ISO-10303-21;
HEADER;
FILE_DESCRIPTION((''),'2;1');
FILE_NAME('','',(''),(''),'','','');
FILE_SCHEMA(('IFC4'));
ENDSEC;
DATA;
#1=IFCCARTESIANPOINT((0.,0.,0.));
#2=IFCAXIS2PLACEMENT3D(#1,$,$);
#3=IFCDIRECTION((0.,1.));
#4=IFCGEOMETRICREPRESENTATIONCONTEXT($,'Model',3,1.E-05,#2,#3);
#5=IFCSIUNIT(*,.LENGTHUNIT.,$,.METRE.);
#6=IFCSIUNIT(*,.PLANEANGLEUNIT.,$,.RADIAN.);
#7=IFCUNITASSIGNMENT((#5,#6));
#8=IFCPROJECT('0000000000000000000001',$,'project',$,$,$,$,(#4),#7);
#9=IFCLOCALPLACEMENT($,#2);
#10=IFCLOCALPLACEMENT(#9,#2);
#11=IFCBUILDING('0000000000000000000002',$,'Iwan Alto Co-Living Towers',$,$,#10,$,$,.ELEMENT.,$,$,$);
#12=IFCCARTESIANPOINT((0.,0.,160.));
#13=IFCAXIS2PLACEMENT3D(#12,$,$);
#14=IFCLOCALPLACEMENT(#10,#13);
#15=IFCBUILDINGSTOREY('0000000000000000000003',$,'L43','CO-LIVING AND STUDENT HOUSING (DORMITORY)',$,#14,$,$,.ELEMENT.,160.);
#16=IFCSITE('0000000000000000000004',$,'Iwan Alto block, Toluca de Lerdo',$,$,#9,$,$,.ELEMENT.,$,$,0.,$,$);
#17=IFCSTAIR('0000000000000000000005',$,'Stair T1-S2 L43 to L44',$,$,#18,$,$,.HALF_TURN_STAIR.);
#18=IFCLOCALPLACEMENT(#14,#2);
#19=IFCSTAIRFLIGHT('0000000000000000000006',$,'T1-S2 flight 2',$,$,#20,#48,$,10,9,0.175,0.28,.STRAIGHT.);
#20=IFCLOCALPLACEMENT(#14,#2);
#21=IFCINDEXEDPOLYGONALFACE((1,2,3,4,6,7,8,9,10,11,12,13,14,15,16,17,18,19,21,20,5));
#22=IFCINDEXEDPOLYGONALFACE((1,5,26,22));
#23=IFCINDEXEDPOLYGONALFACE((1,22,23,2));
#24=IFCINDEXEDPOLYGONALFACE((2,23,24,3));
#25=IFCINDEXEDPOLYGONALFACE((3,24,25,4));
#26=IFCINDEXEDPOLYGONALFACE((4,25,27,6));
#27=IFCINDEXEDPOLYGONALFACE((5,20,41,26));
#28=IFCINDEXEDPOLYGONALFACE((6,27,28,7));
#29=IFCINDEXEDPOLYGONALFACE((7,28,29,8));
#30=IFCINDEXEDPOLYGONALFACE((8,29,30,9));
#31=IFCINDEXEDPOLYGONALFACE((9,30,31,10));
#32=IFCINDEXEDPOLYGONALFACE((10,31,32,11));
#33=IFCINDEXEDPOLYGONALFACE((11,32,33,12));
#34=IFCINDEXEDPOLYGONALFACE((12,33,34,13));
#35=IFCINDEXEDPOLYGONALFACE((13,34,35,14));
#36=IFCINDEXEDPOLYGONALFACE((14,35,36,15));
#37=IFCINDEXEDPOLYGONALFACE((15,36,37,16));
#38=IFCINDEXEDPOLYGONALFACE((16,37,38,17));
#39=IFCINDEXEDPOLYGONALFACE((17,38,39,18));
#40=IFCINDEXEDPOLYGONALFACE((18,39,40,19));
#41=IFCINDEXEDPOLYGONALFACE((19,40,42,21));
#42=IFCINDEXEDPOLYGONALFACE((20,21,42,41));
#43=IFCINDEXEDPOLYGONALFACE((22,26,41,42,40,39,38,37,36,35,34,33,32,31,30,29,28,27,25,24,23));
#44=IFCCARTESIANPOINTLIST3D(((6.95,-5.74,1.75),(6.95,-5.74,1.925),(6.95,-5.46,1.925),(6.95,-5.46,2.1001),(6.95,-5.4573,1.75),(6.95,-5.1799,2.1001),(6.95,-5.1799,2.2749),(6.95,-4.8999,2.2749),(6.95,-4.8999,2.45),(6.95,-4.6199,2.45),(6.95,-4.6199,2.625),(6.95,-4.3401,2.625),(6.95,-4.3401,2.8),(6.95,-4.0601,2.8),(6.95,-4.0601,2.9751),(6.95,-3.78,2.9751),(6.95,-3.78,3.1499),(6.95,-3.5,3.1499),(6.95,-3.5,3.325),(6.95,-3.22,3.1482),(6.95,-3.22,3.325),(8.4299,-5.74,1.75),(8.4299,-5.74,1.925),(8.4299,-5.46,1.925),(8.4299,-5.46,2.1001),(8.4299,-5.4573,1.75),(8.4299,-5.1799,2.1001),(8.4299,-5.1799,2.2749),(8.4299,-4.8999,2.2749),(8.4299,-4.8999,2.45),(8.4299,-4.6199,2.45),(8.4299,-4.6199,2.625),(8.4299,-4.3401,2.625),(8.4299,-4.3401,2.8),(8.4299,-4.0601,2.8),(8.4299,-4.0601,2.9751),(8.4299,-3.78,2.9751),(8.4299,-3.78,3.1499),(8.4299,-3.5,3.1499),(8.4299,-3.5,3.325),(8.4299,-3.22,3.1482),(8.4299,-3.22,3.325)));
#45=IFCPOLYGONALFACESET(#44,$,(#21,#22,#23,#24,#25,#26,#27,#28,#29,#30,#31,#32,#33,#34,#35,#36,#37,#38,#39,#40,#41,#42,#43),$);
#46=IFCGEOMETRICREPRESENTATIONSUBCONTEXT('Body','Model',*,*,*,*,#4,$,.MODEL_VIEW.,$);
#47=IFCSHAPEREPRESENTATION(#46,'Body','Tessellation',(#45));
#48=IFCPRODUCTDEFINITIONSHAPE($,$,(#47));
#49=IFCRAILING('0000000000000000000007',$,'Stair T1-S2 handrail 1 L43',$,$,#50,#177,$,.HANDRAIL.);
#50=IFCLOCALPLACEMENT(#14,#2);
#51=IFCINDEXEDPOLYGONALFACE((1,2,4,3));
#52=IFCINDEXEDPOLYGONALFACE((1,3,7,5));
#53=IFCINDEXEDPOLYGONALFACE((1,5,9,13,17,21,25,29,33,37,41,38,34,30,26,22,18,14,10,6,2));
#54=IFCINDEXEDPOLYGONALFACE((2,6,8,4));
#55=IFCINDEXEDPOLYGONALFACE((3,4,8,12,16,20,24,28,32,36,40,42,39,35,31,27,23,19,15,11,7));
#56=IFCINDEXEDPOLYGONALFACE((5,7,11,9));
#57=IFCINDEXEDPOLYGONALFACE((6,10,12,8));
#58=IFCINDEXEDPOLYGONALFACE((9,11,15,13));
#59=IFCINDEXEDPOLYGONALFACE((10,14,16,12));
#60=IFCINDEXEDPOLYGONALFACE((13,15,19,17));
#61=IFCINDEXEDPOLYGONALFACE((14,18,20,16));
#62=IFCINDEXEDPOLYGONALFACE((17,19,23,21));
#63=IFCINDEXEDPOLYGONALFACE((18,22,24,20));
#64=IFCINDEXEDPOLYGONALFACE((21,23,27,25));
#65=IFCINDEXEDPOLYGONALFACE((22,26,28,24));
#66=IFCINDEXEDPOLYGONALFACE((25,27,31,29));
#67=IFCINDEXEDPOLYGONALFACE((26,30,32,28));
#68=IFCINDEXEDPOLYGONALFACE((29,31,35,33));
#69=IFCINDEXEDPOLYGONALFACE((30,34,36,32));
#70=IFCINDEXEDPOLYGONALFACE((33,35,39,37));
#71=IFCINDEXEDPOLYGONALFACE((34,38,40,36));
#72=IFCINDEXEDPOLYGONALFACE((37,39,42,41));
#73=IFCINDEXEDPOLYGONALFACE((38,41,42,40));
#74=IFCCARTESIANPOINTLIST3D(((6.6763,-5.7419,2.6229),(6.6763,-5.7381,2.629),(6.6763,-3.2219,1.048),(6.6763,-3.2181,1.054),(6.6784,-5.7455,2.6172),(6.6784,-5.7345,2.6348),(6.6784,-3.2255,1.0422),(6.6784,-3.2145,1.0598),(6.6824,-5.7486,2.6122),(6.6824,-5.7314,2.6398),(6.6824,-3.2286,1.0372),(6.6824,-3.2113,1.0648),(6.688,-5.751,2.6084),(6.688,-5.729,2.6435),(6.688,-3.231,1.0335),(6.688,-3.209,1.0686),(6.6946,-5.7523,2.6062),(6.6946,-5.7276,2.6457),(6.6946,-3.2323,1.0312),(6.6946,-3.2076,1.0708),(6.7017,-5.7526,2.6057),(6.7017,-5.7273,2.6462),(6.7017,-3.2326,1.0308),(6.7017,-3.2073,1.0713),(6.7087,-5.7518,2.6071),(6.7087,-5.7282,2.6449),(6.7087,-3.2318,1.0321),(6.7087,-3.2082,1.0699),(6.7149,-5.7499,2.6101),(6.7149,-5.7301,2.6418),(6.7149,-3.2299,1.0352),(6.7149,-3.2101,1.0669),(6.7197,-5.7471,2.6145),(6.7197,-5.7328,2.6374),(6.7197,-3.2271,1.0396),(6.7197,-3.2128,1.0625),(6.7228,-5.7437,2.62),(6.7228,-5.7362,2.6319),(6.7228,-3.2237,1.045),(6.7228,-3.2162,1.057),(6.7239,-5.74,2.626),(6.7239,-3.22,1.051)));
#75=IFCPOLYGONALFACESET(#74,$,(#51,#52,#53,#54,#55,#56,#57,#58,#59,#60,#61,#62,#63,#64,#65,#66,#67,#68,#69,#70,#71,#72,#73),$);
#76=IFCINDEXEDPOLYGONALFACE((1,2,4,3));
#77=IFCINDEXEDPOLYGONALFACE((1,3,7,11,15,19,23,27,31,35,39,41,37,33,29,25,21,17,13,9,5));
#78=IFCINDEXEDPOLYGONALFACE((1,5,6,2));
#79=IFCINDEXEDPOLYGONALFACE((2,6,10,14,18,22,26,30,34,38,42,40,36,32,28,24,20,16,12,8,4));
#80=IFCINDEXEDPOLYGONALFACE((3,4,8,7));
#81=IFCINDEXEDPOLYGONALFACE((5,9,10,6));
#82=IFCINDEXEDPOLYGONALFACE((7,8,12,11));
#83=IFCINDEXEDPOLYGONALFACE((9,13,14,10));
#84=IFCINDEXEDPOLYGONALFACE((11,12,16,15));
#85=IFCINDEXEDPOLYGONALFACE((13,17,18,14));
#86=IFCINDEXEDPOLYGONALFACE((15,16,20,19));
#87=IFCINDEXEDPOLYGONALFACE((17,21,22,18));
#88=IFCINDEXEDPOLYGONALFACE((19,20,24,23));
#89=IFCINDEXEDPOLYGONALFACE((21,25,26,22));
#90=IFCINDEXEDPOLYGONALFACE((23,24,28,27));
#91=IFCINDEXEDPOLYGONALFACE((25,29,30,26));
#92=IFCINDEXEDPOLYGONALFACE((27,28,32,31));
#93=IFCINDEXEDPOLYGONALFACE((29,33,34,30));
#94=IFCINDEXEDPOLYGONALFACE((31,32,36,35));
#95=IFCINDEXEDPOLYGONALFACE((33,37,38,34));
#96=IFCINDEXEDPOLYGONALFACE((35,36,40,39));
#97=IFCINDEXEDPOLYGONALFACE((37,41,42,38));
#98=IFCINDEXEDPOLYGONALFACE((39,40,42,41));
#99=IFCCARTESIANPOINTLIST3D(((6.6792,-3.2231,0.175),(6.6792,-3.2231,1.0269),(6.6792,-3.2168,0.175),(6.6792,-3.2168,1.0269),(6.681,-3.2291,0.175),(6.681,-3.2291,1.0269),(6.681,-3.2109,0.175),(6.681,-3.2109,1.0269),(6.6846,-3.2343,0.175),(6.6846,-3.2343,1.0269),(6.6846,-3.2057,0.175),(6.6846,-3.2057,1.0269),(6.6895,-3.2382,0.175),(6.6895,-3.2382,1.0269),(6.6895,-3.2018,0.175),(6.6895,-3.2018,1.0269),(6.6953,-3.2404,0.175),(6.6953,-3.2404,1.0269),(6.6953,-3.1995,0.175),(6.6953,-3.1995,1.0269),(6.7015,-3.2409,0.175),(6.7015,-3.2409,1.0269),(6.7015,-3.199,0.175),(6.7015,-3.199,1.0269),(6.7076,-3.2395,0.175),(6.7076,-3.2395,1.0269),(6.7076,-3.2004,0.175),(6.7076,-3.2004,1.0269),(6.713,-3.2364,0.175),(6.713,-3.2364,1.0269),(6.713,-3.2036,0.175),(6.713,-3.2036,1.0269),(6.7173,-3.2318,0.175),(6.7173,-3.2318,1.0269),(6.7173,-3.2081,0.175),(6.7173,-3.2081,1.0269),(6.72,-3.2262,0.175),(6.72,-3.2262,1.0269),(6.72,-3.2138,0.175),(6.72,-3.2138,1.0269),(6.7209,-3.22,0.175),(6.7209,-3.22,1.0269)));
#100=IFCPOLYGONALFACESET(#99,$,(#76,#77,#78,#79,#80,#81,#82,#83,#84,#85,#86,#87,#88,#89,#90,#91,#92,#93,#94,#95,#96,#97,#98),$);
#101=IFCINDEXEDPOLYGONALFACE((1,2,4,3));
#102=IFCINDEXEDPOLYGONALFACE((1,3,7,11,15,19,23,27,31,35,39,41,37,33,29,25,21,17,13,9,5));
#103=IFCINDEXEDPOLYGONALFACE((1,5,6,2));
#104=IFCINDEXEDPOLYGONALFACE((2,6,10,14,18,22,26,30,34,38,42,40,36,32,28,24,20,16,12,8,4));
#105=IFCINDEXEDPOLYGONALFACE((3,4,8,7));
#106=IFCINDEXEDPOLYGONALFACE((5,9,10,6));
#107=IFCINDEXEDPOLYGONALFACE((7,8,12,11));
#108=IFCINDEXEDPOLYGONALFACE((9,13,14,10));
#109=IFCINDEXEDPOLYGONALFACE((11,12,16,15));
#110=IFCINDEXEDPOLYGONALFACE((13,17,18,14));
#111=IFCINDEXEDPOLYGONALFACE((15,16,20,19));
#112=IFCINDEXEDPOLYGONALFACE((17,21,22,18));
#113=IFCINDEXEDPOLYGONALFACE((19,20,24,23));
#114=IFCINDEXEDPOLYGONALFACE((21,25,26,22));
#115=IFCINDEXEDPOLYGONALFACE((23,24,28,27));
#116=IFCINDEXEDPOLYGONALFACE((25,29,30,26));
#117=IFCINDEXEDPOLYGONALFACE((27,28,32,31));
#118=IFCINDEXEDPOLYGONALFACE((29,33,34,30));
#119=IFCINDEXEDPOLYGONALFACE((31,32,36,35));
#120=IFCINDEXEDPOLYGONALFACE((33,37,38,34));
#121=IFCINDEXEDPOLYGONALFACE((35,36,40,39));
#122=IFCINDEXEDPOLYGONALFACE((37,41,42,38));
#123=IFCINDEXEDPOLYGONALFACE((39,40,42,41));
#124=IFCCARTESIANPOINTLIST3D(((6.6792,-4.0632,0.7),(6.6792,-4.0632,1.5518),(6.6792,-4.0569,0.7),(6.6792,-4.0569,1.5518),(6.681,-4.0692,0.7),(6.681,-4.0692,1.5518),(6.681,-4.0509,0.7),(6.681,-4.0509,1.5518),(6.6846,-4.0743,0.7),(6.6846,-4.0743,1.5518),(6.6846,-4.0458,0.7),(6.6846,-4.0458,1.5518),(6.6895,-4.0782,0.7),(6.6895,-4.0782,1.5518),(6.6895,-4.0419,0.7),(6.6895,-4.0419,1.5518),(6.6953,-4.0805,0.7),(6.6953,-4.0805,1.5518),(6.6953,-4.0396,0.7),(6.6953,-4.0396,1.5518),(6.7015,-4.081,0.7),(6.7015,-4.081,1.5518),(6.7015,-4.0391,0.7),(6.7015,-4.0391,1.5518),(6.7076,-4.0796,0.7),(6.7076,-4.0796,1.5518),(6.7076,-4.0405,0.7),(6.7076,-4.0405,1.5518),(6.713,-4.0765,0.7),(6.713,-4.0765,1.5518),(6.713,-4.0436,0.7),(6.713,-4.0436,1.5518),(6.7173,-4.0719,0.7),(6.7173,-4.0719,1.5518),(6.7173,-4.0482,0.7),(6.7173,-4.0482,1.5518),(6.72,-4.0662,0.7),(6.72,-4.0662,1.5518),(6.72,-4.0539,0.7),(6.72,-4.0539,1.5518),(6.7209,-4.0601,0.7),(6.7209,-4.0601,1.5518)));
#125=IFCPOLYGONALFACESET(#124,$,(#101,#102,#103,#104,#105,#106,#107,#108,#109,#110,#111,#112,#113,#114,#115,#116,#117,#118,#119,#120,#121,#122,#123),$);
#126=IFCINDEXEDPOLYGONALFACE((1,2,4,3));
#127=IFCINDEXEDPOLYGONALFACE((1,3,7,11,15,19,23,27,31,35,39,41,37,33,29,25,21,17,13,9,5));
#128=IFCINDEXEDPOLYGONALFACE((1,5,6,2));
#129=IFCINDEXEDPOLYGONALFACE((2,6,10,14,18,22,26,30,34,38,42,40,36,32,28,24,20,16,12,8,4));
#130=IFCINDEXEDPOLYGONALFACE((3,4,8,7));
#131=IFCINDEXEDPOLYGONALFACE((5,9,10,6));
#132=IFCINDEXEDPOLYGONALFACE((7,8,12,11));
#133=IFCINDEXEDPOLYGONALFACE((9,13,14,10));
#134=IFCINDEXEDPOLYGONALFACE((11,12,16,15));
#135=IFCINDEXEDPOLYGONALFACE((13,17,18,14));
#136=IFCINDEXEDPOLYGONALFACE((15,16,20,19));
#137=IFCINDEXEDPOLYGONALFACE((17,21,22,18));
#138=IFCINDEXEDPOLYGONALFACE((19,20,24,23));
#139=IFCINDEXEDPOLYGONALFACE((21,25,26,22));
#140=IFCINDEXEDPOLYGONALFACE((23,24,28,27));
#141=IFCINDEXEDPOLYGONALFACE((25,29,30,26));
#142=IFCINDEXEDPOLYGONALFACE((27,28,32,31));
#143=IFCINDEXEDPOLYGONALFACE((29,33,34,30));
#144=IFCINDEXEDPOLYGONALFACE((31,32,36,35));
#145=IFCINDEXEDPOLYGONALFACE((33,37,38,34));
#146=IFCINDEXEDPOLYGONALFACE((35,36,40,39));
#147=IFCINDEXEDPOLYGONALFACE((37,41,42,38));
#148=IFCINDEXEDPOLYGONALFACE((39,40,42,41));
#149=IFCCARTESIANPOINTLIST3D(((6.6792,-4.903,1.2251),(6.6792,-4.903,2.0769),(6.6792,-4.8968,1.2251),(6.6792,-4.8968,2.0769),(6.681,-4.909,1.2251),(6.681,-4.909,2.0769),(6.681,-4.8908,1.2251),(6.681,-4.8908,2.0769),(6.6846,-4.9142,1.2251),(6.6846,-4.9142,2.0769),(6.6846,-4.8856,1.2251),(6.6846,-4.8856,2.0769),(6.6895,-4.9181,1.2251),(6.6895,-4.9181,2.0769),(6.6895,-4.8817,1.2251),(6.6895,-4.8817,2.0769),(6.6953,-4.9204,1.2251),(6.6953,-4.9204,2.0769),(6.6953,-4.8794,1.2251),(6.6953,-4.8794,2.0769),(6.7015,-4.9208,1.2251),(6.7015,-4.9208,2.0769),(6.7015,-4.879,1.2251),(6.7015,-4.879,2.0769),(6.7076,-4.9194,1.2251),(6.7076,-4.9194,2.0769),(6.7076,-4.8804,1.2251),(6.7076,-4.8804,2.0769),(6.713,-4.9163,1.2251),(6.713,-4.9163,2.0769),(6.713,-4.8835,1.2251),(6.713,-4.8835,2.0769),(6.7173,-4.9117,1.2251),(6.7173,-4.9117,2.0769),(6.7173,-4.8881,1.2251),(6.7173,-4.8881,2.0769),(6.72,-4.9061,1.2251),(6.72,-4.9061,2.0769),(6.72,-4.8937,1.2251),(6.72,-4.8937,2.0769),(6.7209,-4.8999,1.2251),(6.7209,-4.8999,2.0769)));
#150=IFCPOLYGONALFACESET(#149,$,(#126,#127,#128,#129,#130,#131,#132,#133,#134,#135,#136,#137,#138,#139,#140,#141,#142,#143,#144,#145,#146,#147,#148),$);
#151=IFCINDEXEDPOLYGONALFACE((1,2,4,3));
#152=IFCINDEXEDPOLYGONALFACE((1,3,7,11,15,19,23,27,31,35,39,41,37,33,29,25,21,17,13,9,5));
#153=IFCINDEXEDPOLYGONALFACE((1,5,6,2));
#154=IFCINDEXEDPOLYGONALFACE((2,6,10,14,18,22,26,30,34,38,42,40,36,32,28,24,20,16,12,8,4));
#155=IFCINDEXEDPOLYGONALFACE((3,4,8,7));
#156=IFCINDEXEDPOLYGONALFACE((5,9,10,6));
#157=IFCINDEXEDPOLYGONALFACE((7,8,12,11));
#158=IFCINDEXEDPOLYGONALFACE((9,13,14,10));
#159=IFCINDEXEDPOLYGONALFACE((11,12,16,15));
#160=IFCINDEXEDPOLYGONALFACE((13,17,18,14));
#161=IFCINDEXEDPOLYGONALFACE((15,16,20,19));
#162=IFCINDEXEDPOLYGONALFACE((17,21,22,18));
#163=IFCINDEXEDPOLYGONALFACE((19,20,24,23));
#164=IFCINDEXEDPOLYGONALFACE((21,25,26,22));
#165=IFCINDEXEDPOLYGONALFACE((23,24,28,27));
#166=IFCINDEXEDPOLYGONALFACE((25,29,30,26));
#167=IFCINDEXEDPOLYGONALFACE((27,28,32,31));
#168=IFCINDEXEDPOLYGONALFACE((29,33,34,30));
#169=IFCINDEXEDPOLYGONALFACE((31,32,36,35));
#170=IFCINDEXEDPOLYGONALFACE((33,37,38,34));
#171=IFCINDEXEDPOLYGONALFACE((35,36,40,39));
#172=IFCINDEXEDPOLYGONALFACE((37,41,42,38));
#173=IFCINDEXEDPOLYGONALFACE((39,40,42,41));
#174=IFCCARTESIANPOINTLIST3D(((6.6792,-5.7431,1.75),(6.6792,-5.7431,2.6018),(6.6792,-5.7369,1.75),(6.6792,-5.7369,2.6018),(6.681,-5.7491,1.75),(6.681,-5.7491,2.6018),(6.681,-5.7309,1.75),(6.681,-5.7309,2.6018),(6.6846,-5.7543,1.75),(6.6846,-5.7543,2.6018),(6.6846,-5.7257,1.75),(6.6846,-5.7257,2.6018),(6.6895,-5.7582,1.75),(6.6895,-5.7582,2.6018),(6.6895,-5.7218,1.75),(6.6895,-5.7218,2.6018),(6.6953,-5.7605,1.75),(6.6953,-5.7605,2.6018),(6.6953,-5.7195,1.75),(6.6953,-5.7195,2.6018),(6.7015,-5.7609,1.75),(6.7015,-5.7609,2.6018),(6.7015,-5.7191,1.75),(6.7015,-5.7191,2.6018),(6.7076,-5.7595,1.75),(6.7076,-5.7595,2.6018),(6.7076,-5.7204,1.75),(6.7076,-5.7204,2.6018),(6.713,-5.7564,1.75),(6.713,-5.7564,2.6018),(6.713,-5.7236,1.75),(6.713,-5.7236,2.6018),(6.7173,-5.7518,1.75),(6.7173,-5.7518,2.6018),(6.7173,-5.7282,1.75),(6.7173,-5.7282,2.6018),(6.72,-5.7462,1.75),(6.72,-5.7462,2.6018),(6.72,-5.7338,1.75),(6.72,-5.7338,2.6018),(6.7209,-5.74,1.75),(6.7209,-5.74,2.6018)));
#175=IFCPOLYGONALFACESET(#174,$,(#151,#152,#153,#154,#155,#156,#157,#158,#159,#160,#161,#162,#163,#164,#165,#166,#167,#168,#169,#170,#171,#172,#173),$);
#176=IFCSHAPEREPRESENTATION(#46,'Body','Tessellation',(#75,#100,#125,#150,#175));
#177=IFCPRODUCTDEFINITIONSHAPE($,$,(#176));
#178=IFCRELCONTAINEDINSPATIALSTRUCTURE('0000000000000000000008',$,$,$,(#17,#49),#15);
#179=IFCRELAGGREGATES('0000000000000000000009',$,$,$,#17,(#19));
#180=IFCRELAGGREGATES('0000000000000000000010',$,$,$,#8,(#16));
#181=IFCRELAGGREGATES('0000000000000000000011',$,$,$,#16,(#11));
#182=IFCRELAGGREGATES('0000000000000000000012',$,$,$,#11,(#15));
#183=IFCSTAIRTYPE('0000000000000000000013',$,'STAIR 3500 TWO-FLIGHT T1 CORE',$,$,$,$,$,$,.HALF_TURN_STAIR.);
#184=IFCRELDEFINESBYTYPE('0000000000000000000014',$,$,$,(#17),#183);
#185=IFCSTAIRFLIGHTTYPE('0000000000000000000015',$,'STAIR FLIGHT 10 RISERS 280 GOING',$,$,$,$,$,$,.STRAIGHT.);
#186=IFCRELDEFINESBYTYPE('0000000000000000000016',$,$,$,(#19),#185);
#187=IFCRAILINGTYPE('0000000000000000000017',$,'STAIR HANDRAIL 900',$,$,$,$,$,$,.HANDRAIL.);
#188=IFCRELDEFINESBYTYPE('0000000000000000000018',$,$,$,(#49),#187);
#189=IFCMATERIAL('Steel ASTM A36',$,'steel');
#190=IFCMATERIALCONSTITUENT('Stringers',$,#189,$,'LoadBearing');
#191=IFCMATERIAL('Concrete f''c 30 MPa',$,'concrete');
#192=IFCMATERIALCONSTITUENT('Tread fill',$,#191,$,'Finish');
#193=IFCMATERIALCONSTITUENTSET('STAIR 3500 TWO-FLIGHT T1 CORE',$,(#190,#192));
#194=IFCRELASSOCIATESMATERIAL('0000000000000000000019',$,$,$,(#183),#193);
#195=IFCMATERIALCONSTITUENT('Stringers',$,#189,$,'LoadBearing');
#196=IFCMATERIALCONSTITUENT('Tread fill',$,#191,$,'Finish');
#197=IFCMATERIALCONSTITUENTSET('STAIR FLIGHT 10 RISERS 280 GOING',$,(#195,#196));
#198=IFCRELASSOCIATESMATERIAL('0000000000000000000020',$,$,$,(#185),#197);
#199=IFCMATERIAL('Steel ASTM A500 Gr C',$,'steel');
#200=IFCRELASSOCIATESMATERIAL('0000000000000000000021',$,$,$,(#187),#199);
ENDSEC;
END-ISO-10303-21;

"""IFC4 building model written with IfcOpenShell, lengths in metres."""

from ifc_helpers import new_model, si_unit, direction, frame, origin, origin_2d, place, context, subcontext, project, spatial, polyline, circle, outline, extrude, material, constituent, constituent_set, type_object, element, aggregate, save


model = new_model("IFC4")

# Units and contexts
model_context = context("Model", 3, precision=1e-05, world=origin(), true_north=direction((0.0, 1.0)))
body_context = subcontext(model_context, "Body", "Model", "MODEL_VIEW")
ifc_project = project(units=[si_unit("LENGTHUNIT", "METRE"), si_unit("PLANEANGLEUNIT", "RADIAN")], contexts=[model_context])

# Site, building, storey
site_placement = place(None, origin())
site = spatial("IfcSite", under=ifc_project, at=site_placement, Name="Iwan Alto block, Toluca de Lerdo", CompositionType="ELEMENT", RefElevation=0.0)
building_placement = place(site_placement, origin())
building = spatial("IfcBuilding", under=site, at=building_placement, Name="Iwan Alto Co-Living Towers", CompositionType="ELEMENT")
storey_placement = place(building_placement, frame((0.0, 0.0, 160.0)))
storey = spatial("IfcBuildingStorey", under=building, at=storey_placement, Name="L43", Description="CO-LIVING AND STUDENT HOUSING (DORMITORY)", CompositionType="ELEMENT", Elevation=160.0)

# Stair, stair flight
ifc_material_1 = material(Name="Steel ASTM A36", Category="steel")
ifc_constituent_1 = constituent(ifc_material_1, Name="Stringers", Category="LoadBearing")
ifc_material_2 = material(Name="Concrete f'c 30 MPa", Category="concrete")
ifc_constituent_2 = constituent(ifc_material_2, Name="Tread fill", Category="Finish")
ifc_constituent_set_1 = constituent_set(constituents=[ifc_constituent_1, ifc_constituent_2], Name="STAIR 3500 TWO-FLIGHT T1 CORE")
stair_type = type_object("IfcStairType", Name="STAIR 3500 TWO-FLIGHT T1 CORE", PredefinedType="HALF_TURN_STAIR", material=ifc_constituent_set_1)
stair_placement = place(storey_placement, origin())
stair = element("IfcStair", 1, at=stair_placement, inside=storey, type_object=stair_type, Name="Stair T1-S2 L43 to L44", PredefinedType="HALF_TURN_STAIR")
ifc_constituent_3 = constituent(ifc_material_1, Name="Stringers", Category="LoadBearing")
ifc_constituent_4 = constituent(ifc_material_2, Name="Tread fill", Category="Finish")
ifc_constituent_set_2 = constituent_set(constituents=[ifc_constituent_3, ifc_constituent_4], Name="STAIR FLIGHT 10 RISERS 280 GOING")
stair_flight_type = type_object("IfcStairFlightType", Name="STAIR FLIGHT 10 RISERS 280 GOING", PredefinedType="STRAIGHT", material=ifc_constituent_set_2)
stair_flight_1_placement = place(storey_placement, frame((7.6899, -5.74, 1.75), z_axis=(0.0, 0.0, 1.0), x_axis=(0.0, 1.0, 0.0)))
stair_flight_1 = element("IfcStairFlight", 2, at=stair_flight_1_placement, type_object=stair_flight_type, Name="T1-S2 flight 2", NumberOfRisers=10, NumberOfTreads=9, PredefinedType="STRAIGHT", RiserHeight=0.175, TreadLength=0.28, context=body_context, shape_type="SweptSolid", body=[
    extrude(outline(polyline([(0.0, 0.0), (0.0, 0.175), (0.28, 0.175), (0.28, 0.3501), (0.5601, 0.3501), (0.5601, 0.5249), (0.8401, 0.5249), (0.8401, 0.7), (1.1201, 0.7), (1.1201, 0.875), (1.3999, 0.875), (1.3999, 1.05), (1.6799, 1.05), (1.6799, 1.2251), (1.96, 1.2251), (1.96, 1.3999), (2.24, 1.3999), (2.24, 1.575), (2.52, 1.575), (2.52, 1.75), (2.52, 1.3982), (0.2827, 0.0), (0.0, 0.0)])), frame((0.0, 0.74, 0.0), z_axis=(0.0, -1.0, 0.0), x_axis=(1.0, 0.0, 0.0)), (0.0, 0.0, 1.0), 1.48),
])
aggregate(stair, [stair_flight_1])

# Railing
ifc_material_3 = material(Name="Steel ASTM A500 Gr C", Category="steel")
railing_type_1 = type_object("IfcRailingType", Name="STAIR HANDRAIL 900", PredefinedType="HANDRAIL", material=ifc_material_3)
railing_1_placement = place(storey_placement, frame((6.7, -3.22, 0.175)))
element("IfcRailing", 3, at=railing_1_placement, inside=storey, type_object=railing_type_1, Name="Stair T1-S2 handrail 1 L43", PredefinedType="HANDRAIL", context=body_context, shape_type="SweptSolid", body=[
    extrude(circle(Radius=0.0239, at=origin_2d()), frame((0.0, 0.0, 0.876), z_axis=(0.0, -0.848008, 0.529984), x_axis=(1.0, 0.0, 0.0)), (0.0, 0.0, 1.0), 2.9717),
    extrude(circle(Radius=0.021, at=origin_2d()), origin(), (0.0, 0.0, 1.0), 0.8518),
    extrude(circle(Radius=0.021, at=origin_2d()), frame((0.0, -0.8401, 0.5249)), (0.0, 0.0, 1.0), 0.8518),
    extrude(circle(Radius=0.021, at=origin_2d()), frame((0.0, -1.6799, 1.05)), (0.0, 0.0, 1.0), 0.8518),
    extrude(circle(Radius=0.021, at=origin_2d()), frame((0.0, -2.52, 1.575)), (0.0, 0.0, 1.0), 0.8518),
])

save(model, "model.ifc")
